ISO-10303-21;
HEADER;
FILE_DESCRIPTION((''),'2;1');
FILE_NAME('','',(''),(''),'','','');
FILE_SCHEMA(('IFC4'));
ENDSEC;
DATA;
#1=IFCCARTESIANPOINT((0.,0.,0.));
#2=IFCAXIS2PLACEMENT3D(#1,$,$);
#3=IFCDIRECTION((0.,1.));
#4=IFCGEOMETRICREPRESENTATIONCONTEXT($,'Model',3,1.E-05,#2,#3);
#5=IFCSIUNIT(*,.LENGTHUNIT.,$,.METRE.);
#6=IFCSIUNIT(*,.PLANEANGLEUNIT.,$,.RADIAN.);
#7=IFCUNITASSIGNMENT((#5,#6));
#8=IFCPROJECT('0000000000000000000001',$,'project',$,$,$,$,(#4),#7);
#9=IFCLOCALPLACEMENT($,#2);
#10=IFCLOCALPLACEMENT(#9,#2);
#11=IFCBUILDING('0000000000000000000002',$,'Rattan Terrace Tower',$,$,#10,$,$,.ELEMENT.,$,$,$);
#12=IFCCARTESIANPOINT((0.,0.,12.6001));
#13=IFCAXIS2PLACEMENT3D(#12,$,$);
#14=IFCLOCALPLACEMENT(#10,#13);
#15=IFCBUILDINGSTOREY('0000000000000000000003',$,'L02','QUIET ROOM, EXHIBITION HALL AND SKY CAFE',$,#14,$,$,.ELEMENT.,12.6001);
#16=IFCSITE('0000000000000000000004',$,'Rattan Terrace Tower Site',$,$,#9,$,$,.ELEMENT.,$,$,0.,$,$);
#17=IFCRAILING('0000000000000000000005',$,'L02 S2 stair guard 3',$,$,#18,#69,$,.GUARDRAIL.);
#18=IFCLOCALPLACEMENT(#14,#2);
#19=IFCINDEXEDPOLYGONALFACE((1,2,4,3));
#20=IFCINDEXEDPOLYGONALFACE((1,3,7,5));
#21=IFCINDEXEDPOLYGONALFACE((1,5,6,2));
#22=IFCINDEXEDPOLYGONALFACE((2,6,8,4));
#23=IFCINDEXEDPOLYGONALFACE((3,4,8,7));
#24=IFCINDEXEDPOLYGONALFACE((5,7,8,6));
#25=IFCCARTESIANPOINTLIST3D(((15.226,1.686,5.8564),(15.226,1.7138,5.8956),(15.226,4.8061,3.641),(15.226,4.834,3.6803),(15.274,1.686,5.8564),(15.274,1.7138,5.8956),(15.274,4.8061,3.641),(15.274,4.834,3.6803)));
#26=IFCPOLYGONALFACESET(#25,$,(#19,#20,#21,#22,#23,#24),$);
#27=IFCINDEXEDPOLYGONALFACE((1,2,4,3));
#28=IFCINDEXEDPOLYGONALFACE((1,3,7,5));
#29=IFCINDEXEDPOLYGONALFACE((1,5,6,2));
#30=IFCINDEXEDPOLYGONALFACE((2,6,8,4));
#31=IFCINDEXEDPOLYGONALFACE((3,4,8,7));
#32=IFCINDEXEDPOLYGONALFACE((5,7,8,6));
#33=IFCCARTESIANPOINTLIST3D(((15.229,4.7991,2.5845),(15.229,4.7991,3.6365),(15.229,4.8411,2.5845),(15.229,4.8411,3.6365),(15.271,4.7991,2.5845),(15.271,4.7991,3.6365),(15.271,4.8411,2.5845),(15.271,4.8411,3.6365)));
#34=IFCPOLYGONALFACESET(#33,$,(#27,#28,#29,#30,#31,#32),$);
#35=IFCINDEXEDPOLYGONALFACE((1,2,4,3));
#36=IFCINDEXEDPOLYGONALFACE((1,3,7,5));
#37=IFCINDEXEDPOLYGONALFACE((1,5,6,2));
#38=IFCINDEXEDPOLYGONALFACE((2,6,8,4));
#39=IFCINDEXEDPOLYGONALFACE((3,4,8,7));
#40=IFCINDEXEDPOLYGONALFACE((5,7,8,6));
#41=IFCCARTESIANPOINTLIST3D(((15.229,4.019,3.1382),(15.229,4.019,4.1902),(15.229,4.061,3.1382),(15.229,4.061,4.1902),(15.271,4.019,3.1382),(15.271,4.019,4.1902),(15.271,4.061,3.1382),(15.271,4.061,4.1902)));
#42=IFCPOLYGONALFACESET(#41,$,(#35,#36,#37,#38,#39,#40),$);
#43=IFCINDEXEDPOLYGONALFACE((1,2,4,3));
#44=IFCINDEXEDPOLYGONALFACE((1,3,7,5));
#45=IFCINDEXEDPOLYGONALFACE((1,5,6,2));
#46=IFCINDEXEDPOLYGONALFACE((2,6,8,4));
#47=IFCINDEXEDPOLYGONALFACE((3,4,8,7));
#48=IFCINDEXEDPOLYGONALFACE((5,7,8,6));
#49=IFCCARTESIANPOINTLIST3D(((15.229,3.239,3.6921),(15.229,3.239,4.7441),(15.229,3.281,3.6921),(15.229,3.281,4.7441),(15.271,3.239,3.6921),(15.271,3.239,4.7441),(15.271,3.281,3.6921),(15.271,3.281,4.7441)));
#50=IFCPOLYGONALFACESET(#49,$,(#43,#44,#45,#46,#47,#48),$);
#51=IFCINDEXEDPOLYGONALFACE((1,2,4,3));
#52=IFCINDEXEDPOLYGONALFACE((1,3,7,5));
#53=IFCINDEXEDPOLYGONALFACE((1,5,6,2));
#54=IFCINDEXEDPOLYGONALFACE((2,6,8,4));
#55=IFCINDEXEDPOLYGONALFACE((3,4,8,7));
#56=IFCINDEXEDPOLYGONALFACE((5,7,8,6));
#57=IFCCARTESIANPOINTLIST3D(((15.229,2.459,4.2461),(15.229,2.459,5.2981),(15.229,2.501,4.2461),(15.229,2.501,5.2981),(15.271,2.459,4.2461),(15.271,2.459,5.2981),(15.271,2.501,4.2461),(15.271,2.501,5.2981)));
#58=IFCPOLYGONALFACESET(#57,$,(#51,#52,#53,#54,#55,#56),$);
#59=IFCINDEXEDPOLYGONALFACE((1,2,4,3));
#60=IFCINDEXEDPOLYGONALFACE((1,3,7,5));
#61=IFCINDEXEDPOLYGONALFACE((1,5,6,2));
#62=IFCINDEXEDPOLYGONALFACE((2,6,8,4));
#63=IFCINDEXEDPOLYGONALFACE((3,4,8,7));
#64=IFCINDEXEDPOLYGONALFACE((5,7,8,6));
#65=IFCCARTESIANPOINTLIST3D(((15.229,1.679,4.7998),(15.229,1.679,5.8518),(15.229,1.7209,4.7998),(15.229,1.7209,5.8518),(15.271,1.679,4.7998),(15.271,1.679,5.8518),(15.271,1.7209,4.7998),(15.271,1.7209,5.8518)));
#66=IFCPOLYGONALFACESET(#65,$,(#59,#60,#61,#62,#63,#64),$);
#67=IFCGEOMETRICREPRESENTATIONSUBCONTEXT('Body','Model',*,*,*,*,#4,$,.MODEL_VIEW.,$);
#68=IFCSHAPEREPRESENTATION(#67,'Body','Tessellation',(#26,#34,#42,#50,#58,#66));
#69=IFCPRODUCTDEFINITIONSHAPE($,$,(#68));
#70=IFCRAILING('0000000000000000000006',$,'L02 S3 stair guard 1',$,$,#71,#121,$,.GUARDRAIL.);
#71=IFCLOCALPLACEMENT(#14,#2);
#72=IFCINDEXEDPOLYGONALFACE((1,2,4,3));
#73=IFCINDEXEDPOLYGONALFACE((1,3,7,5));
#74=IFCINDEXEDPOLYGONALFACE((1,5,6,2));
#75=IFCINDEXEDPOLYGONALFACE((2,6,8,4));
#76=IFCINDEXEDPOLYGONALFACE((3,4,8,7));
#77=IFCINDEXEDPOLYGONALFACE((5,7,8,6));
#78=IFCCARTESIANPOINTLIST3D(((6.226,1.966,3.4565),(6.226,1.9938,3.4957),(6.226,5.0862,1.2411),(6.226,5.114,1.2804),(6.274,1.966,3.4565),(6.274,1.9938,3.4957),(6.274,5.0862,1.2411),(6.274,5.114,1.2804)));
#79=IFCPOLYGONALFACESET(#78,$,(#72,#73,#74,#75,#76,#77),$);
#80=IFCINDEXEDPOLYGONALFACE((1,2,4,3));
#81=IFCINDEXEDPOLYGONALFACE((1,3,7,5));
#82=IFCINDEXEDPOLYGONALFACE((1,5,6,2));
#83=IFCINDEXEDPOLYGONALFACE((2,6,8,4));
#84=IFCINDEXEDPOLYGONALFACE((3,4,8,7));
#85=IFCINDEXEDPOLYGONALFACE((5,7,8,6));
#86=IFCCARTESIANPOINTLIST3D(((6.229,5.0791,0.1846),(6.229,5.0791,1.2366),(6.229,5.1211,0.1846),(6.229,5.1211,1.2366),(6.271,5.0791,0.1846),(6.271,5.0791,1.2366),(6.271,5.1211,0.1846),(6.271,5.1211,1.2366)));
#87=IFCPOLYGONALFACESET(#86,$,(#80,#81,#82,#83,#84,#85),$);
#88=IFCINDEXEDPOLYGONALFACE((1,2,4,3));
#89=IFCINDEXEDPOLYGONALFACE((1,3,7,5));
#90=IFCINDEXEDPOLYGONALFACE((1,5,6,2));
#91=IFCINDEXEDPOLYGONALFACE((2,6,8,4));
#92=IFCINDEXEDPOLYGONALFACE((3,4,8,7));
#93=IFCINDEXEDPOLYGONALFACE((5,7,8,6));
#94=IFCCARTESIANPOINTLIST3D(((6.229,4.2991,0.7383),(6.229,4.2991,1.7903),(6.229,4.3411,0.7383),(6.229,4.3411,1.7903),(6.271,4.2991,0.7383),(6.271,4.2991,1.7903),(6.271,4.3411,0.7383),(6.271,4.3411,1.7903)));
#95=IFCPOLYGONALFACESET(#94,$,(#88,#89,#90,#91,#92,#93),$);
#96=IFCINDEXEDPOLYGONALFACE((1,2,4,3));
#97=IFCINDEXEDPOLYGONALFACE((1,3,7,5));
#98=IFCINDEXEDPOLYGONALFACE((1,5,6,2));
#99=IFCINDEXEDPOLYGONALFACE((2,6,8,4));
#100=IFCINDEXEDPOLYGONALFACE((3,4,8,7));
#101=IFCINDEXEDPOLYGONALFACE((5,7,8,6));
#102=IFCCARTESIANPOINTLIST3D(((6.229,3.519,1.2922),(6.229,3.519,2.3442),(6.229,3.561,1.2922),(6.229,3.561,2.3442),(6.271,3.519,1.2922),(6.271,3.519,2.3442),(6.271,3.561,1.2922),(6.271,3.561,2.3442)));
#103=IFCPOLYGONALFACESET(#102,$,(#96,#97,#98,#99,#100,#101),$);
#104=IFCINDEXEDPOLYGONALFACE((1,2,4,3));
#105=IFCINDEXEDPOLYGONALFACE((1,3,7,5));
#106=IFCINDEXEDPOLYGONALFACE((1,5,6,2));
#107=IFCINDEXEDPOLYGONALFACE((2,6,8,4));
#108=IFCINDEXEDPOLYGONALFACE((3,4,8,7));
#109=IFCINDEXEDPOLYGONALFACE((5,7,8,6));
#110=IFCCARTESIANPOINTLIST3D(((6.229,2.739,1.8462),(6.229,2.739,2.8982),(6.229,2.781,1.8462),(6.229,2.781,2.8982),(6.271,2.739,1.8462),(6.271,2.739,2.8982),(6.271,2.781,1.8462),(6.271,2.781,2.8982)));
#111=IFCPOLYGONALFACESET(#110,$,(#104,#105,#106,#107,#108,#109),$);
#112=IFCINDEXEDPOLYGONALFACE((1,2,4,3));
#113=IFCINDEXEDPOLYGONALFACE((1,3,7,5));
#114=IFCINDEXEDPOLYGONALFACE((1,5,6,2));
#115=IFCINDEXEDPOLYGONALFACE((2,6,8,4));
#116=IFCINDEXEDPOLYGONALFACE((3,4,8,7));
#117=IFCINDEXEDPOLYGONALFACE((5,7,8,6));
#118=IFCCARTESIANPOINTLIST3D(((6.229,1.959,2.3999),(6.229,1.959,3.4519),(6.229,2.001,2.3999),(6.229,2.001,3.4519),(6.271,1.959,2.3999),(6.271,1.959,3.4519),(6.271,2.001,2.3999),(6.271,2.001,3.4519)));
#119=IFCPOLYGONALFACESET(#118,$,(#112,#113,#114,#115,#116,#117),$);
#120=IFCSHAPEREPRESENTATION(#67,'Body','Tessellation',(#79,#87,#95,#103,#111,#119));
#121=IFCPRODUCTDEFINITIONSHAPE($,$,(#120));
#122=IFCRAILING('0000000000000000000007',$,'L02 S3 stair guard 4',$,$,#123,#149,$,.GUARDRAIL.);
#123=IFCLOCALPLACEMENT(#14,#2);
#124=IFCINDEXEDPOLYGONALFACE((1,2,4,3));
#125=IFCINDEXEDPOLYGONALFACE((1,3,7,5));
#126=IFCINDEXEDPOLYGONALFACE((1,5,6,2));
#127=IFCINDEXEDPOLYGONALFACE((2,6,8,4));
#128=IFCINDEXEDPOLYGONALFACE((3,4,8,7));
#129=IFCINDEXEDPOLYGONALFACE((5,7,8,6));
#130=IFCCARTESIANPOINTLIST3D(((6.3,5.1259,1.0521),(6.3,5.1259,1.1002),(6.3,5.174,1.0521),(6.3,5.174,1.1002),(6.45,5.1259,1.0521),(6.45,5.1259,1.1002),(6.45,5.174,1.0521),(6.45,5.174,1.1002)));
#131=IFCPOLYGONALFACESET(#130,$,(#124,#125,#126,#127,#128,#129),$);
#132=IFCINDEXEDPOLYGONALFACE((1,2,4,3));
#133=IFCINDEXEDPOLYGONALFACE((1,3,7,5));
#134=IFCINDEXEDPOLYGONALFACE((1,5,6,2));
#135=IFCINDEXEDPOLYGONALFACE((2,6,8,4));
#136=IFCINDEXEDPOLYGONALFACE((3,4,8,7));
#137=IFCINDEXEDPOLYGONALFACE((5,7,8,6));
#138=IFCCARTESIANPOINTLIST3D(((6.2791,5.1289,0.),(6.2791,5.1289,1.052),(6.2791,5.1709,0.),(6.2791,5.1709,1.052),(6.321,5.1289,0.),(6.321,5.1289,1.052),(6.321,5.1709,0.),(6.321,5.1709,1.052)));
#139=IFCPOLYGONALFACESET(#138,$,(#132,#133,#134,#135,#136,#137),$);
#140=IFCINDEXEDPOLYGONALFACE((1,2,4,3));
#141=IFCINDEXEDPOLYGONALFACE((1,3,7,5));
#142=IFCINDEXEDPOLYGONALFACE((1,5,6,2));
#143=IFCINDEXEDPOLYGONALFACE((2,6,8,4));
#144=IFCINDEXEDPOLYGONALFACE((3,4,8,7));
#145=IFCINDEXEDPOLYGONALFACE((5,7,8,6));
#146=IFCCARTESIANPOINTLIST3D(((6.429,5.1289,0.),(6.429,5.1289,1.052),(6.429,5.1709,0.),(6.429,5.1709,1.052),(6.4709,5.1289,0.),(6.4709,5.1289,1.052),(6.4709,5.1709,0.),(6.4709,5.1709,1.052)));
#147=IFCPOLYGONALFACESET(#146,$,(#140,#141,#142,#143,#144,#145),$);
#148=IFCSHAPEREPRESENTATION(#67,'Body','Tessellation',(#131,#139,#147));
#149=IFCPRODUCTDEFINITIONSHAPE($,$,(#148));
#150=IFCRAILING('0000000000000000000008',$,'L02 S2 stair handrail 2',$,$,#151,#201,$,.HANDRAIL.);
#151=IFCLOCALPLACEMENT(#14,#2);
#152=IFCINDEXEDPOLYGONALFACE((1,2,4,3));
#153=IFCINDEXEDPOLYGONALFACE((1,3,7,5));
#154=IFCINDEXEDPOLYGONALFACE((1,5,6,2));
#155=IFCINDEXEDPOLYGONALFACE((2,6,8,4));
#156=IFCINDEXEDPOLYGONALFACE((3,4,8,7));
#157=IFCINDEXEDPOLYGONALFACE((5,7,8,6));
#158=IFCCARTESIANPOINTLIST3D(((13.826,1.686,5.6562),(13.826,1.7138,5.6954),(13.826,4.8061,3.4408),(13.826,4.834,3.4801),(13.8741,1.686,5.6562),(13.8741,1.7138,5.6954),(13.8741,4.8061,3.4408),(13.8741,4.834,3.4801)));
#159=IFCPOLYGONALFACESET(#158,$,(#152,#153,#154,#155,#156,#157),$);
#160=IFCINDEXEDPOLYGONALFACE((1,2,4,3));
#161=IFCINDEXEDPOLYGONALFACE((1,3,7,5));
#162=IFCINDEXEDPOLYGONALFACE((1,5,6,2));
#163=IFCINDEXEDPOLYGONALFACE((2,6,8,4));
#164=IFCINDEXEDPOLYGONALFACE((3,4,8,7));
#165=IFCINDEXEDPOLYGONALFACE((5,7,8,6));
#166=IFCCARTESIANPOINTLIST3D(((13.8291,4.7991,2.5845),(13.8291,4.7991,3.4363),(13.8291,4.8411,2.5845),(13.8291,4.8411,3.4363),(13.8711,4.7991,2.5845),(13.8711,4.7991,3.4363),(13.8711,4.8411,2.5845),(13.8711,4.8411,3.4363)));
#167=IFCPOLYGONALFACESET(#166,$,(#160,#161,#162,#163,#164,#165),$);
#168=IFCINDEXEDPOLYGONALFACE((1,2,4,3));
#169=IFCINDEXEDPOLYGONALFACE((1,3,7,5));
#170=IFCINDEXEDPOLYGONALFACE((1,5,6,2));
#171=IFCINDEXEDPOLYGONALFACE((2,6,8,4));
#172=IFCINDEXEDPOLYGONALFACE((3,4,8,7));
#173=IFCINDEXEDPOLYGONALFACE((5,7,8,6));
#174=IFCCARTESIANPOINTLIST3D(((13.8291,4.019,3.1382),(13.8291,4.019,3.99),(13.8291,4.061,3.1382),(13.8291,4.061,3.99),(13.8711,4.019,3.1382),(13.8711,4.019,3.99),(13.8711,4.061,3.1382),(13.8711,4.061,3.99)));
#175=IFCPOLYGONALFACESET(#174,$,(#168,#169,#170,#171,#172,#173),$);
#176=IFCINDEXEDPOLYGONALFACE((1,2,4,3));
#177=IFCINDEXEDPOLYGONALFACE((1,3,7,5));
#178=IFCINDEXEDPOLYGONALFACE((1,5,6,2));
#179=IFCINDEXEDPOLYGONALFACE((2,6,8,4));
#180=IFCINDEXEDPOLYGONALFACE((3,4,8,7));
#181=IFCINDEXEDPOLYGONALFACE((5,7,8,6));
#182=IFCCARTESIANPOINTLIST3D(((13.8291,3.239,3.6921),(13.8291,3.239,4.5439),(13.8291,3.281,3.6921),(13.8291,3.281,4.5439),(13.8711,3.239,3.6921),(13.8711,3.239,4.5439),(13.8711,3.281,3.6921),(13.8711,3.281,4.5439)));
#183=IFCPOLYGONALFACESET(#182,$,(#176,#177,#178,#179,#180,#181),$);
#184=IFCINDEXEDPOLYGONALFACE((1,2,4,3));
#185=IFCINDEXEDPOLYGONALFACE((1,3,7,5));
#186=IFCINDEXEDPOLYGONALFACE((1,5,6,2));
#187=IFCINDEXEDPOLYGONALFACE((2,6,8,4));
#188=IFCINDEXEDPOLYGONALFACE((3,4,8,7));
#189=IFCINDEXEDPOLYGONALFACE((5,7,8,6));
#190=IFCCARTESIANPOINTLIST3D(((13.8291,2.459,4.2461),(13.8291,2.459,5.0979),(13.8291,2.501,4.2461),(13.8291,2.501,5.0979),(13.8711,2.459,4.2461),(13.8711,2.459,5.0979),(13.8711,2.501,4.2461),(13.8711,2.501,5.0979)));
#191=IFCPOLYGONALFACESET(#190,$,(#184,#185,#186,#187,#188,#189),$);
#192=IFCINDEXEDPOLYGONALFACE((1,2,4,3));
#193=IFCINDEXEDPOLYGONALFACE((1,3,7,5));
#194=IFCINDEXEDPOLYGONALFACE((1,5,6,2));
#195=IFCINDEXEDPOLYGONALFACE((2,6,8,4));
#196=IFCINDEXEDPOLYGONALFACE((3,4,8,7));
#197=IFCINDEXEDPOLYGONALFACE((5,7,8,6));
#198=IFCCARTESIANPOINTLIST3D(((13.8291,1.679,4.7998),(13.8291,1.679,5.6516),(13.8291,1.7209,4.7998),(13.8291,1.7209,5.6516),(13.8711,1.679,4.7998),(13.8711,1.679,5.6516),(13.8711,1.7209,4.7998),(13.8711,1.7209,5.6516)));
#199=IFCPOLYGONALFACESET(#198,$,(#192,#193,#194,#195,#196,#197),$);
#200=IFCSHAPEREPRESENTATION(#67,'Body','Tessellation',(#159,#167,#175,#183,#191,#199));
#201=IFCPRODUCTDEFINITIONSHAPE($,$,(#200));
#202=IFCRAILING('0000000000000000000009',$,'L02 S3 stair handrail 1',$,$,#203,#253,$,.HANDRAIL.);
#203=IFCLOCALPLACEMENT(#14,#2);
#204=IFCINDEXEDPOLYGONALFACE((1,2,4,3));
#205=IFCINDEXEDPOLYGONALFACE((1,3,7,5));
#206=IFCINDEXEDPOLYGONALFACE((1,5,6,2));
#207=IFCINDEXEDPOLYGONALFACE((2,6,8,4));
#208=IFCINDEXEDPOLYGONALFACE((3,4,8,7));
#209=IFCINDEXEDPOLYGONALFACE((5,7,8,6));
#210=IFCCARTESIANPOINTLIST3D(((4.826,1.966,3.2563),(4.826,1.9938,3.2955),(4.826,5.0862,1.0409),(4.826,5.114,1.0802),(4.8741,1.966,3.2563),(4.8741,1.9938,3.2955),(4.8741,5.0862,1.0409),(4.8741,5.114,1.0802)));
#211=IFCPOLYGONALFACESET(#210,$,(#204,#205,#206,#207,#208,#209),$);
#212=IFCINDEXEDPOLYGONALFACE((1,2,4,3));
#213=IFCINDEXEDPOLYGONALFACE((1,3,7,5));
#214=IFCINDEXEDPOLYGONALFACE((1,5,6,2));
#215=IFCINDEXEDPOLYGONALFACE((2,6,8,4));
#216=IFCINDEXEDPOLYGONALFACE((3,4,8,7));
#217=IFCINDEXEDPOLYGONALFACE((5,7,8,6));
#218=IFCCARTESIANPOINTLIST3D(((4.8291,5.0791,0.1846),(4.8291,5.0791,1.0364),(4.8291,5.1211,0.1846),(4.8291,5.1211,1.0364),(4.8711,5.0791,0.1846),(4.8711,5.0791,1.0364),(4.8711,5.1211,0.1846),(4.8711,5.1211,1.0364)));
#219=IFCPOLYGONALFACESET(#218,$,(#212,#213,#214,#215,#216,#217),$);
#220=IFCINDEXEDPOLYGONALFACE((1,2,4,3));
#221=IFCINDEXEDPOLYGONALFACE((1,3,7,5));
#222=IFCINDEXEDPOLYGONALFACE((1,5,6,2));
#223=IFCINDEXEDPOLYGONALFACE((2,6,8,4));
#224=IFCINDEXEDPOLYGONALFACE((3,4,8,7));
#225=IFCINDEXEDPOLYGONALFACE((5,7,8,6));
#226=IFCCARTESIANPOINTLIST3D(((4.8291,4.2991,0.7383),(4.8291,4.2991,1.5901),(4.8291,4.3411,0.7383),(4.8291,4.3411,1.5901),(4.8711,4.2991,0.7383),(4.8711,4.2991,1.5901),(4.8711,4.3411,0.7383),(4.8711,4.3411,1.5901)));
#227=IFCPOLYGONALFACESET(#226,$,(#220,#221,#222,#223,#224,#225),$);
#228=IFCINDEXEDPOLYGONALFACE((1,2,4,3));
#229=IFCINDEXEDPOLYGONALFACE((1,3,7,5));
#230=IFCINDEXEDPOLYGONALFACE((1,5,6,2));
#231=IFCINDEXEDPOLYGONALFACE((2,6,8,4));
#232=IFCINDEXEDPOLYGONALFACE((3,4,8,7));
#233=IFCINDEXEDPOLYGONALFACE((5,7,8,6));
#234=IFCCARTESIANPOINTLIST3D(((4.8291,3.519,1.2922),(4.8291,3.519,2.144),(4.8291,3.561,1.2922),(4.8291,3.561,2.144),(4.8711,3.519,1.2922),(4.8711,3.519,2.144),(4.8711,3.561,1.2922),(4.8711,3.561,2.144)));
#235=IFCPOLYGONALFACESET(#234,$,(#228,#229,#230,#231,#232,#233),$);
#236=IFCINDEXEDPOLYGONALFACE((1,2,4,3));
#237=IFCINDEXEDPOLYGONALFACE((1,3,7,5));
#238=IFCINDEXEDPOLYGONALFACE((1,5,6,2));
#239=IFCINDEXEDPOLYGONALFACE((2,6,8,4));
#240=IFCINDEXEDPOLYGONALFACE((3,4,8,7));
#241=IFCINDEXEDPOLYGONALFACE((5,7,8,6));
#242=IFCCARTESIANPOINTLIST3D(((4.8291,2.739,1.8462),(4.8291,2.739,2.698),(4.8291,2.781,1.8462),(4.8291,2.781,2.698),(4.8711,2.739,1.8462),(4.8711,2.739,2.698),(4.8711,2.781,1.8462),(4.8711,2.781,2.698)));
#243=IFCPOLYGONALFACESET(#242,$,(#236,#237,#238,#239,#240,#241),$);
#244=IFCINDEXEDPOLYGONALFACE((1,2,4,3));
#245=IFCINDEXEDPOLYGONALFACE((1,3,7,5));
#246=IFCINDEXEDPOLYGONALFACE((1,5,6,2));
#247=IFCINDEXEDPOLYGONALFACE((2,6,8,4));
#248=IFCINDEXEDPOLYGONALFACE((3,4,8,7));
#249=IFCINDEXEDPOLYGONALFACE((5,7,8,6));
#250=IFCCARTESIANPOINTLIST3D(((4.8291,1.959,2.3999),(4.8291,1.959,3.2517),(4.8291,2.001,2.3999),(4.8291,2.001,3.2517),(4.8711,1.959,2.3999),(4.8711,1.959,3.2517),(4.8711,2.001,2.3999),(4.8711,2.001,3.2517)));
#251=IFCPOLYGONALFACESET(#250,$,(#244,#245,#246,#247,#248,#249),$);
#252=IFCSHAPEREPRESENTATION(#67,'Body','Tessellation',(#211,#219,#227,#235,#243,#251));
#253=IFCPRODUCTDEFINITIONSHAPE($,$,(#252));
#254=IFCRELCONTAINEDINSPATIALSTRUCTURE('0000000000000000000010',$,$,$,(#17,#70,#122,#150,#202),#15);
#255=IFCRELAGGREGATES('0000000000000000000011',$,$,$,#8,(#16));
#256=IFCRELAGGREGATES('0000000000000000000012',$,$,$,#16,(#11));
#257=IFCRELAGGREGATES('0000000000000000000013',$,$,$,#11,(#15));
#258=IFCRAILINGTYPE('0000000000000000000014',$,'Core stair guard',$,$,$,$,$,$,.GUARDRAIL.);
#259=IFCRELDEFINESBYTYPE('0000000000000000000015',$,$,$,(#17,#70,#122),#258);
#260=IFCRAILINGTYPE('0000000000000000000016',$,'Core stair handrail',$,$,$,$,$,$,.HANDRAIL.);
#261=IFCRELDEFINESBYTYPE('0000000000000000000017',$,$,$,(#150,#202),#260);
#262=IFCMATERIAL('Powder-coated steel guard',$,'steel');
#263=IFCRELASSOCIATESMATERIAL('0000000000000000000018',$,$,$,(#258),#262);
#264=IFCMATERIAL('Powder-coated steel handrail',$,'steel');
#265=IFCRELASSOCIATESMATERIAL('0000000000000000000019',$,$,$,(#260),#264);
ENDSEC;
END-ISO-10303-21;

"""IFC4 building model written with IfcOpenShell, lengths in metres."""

from ifc_helpers import new_model, si_unit, direction, frame, origin, origin_2d, place, context, subcontext, project, spatial, rectangle, extrude, material, type_object, element, save


model = new_model("IFC4")

# Units and contexts
model_context = context("Model", 3, precision=1e-05, world=origin(), true_north=direction((0.0, 1.0)))
body_context = subcontext(model_context, "Body", "Model", "MODEL_VIEW")
ifc_project = project(units=[si_unit("LENGTHUNIT", "METRE"), si_unit("PLANEANGLEUNIT", "RADIAN")], contexts=[model_context])

# Site, building, storey
site_placement = place(None, origin())
site = spatial("IfcSite", under=ifc_project, at=site_placement, Name="Rattan Terrace Tower Site", CompositionType="ELEMENT", RefElevation=0.0)
building_placement = place(site_placement, origin())
building = spatial("IfcBuilding", under=site, at=building_placement, Name="Rattan Terrace Tower", CompositionType="ELEMENT")
storey_placement = place(building_placement, frame((0.0, 0.0, 12.6001)))
storey = spatial("IfcBuildingStorey", under=building, at=storey_placement, Name="L02", Description="QUIET ROOM, EXHIBITION HALL AND SKY CAFE", CompositionType="ELEMENT", Elevation=12.6001)

# Railings
ifc_material_1 = material(Name="Powder-coated steel guard", Category="steel")
railing_type_1 = type_object("IfcRailingType", Name="Core stair guard", PredefinedType="GUARDRAIL", material=ifc_material_1)
for number, where, name in (
    (1, (15.25, 4.8201, 2.5845), "L02 S2 stair guard 3"),
    (2, (6.25, 5.1001, 0.1846), "L02 S3 stair guard 1"),
):
    element("IfcRailing", number, at=place(storey_placement, frame(where)), inside=storey, type_object=railing_type_1, Name=name, PredefinedType="GUARDRAIL", context=body_context, shape_type="SweptSolid", body=[
        extrude(rectangle(XDim=0.0481, YDim=0.0481, at=origin_2d()), frame((0.0, 0.0, 1.0762), z_axis=(0.0, -0.815377, 0.57893), x_axis=(1.0, 0.0, 0.0)), (0.0, 0.0, 1.0), 3.8267),
        extrude(rectangle(XDim=0.042, YDim=0.042, at=origin_2d()), origin(), (0.0, 0.0, 1.0), 1.052),
        extrude(rectangle(XDim=0.042, YDim=0.042, at=origin_2d()), frame((0.0, -0.78, 0.5537)), (0.0, 0.0, 1.0), 1.052),
        extrude(rectangle(XDim=0.042, YDim=0.042, at=origin_2d()), frame((0.0, -1.5601, 1.1077)), (0.0, 0.0, 1.0), 1.052),
        extrude(rectangle(XDim=0.042, YDim=0.042, at=origin_2d()), frame((0.0, -2.3401, 1.6616)), (0.0, 0.0, 1.0), 1.052),
        extrude(rectangle(XDim=0.042, YDim=0.042, at=origin_2d()), frame((0.0, -3.1201, 2.2153)), (0.0, 0.0, 1.0), 1.052),
    ])
railing_1_placement = place(storey_placement, frame((6.3, 5.1499, 0.0)))
element("IfcRailing", 3, at=railing_1_placement, inside=storey, type_object=railing_type_1, Name="L02 S3 stair guard 4", PredefinedType="GUARDRAIL", context=body_context, shape_type="SweptSolid", body=[
    extrude(rectangle(XDim=0.0481, YDim=0.0481, at=origin_2d()), frame((0.0, 0.0, 1.0762), z_axis=(1.0, 0.0, 0.0), x_axis=(0.0, 1.0, 0.0)), (0.0, 0.0, 1.0), 0.1499),
    extrude(rectangle(XDim=0.042, YDim=0.042, at=origin_2d()), origin(), (0.0, 0.0, 1.0), 1.052),
    extrude(rectangle(XDim=0.042, YDim=0.042, at=origin_2d()), frame((0.1499, 0.0, 0.0)), (0.0, 0.0, 1.0), 1.052),
])
ifc_material_2 = material(Name="Powder-coated steel handrail", Category="steel")
railing_type_2 = type_object("IfcRailingType", Name="Core stair handrail", PredefinedType="HANDRAIL", material=ifc_material_2)
for number, where, name in (
    (4, (13.8501, 4.8201, 2.5845), "L02 S2 stair handrail 2"),
    (5, (4.8501, 5.1001, 0.1846), "L02 S3 stair handrail 1"),
):
    element("IfcRailing", number, at=place(storey_placement, frame(where)), inside=storey, type_object=railing_type_2, Name=name, PredefinedType="HANDRAIL", context=body_context, shape_type="SweptSolid", body=[
        extrude(rectangle(XDim=0.0481, YDim=0.0481, at=origin_2d()), frame((0.0, 0.0, 0.876), z_axis=(0.0, -0.815377, 0.57893), x_axis=(1.0, 0.0, 0.0)), (0.0, 0.0, 1.0), 3.8267),
        extrude(rectangle(XDim=0.042, YDim=0.042, at=origin_2d()), origin(), (0.0, 0.0, 1.0), 0.8518),
        extrude(rectangle(XDim=0.042, YDim=0.042, at=origin_2d()), frame((0.0, -0.78, 0.5537)), (0.0, 0.0, 1.0), 0.8518),
        extrude(rectangle(XDim=0.042, YDim=0.042, at=origin_2d()), frame((0.0, -1.5601, 1.1077)), (0.0, 0.0, 1.0), 0.8518),
        extrude(rectangle(XDim=0.042, YDim=0.042, at=origin_2d()), frame((0.0, -2.3401, 1.6616)), (0.0, 0.0, 1.0), 0.8518),
        extrude(rectangle(XDim=0.042, YDim=0.042, at=origin_2d()), frame((0.0, -3.1201, 2.2153)), (0.0, 0.0, 1.0), 0.8518),
    ])

save(model, "model.ifc")
